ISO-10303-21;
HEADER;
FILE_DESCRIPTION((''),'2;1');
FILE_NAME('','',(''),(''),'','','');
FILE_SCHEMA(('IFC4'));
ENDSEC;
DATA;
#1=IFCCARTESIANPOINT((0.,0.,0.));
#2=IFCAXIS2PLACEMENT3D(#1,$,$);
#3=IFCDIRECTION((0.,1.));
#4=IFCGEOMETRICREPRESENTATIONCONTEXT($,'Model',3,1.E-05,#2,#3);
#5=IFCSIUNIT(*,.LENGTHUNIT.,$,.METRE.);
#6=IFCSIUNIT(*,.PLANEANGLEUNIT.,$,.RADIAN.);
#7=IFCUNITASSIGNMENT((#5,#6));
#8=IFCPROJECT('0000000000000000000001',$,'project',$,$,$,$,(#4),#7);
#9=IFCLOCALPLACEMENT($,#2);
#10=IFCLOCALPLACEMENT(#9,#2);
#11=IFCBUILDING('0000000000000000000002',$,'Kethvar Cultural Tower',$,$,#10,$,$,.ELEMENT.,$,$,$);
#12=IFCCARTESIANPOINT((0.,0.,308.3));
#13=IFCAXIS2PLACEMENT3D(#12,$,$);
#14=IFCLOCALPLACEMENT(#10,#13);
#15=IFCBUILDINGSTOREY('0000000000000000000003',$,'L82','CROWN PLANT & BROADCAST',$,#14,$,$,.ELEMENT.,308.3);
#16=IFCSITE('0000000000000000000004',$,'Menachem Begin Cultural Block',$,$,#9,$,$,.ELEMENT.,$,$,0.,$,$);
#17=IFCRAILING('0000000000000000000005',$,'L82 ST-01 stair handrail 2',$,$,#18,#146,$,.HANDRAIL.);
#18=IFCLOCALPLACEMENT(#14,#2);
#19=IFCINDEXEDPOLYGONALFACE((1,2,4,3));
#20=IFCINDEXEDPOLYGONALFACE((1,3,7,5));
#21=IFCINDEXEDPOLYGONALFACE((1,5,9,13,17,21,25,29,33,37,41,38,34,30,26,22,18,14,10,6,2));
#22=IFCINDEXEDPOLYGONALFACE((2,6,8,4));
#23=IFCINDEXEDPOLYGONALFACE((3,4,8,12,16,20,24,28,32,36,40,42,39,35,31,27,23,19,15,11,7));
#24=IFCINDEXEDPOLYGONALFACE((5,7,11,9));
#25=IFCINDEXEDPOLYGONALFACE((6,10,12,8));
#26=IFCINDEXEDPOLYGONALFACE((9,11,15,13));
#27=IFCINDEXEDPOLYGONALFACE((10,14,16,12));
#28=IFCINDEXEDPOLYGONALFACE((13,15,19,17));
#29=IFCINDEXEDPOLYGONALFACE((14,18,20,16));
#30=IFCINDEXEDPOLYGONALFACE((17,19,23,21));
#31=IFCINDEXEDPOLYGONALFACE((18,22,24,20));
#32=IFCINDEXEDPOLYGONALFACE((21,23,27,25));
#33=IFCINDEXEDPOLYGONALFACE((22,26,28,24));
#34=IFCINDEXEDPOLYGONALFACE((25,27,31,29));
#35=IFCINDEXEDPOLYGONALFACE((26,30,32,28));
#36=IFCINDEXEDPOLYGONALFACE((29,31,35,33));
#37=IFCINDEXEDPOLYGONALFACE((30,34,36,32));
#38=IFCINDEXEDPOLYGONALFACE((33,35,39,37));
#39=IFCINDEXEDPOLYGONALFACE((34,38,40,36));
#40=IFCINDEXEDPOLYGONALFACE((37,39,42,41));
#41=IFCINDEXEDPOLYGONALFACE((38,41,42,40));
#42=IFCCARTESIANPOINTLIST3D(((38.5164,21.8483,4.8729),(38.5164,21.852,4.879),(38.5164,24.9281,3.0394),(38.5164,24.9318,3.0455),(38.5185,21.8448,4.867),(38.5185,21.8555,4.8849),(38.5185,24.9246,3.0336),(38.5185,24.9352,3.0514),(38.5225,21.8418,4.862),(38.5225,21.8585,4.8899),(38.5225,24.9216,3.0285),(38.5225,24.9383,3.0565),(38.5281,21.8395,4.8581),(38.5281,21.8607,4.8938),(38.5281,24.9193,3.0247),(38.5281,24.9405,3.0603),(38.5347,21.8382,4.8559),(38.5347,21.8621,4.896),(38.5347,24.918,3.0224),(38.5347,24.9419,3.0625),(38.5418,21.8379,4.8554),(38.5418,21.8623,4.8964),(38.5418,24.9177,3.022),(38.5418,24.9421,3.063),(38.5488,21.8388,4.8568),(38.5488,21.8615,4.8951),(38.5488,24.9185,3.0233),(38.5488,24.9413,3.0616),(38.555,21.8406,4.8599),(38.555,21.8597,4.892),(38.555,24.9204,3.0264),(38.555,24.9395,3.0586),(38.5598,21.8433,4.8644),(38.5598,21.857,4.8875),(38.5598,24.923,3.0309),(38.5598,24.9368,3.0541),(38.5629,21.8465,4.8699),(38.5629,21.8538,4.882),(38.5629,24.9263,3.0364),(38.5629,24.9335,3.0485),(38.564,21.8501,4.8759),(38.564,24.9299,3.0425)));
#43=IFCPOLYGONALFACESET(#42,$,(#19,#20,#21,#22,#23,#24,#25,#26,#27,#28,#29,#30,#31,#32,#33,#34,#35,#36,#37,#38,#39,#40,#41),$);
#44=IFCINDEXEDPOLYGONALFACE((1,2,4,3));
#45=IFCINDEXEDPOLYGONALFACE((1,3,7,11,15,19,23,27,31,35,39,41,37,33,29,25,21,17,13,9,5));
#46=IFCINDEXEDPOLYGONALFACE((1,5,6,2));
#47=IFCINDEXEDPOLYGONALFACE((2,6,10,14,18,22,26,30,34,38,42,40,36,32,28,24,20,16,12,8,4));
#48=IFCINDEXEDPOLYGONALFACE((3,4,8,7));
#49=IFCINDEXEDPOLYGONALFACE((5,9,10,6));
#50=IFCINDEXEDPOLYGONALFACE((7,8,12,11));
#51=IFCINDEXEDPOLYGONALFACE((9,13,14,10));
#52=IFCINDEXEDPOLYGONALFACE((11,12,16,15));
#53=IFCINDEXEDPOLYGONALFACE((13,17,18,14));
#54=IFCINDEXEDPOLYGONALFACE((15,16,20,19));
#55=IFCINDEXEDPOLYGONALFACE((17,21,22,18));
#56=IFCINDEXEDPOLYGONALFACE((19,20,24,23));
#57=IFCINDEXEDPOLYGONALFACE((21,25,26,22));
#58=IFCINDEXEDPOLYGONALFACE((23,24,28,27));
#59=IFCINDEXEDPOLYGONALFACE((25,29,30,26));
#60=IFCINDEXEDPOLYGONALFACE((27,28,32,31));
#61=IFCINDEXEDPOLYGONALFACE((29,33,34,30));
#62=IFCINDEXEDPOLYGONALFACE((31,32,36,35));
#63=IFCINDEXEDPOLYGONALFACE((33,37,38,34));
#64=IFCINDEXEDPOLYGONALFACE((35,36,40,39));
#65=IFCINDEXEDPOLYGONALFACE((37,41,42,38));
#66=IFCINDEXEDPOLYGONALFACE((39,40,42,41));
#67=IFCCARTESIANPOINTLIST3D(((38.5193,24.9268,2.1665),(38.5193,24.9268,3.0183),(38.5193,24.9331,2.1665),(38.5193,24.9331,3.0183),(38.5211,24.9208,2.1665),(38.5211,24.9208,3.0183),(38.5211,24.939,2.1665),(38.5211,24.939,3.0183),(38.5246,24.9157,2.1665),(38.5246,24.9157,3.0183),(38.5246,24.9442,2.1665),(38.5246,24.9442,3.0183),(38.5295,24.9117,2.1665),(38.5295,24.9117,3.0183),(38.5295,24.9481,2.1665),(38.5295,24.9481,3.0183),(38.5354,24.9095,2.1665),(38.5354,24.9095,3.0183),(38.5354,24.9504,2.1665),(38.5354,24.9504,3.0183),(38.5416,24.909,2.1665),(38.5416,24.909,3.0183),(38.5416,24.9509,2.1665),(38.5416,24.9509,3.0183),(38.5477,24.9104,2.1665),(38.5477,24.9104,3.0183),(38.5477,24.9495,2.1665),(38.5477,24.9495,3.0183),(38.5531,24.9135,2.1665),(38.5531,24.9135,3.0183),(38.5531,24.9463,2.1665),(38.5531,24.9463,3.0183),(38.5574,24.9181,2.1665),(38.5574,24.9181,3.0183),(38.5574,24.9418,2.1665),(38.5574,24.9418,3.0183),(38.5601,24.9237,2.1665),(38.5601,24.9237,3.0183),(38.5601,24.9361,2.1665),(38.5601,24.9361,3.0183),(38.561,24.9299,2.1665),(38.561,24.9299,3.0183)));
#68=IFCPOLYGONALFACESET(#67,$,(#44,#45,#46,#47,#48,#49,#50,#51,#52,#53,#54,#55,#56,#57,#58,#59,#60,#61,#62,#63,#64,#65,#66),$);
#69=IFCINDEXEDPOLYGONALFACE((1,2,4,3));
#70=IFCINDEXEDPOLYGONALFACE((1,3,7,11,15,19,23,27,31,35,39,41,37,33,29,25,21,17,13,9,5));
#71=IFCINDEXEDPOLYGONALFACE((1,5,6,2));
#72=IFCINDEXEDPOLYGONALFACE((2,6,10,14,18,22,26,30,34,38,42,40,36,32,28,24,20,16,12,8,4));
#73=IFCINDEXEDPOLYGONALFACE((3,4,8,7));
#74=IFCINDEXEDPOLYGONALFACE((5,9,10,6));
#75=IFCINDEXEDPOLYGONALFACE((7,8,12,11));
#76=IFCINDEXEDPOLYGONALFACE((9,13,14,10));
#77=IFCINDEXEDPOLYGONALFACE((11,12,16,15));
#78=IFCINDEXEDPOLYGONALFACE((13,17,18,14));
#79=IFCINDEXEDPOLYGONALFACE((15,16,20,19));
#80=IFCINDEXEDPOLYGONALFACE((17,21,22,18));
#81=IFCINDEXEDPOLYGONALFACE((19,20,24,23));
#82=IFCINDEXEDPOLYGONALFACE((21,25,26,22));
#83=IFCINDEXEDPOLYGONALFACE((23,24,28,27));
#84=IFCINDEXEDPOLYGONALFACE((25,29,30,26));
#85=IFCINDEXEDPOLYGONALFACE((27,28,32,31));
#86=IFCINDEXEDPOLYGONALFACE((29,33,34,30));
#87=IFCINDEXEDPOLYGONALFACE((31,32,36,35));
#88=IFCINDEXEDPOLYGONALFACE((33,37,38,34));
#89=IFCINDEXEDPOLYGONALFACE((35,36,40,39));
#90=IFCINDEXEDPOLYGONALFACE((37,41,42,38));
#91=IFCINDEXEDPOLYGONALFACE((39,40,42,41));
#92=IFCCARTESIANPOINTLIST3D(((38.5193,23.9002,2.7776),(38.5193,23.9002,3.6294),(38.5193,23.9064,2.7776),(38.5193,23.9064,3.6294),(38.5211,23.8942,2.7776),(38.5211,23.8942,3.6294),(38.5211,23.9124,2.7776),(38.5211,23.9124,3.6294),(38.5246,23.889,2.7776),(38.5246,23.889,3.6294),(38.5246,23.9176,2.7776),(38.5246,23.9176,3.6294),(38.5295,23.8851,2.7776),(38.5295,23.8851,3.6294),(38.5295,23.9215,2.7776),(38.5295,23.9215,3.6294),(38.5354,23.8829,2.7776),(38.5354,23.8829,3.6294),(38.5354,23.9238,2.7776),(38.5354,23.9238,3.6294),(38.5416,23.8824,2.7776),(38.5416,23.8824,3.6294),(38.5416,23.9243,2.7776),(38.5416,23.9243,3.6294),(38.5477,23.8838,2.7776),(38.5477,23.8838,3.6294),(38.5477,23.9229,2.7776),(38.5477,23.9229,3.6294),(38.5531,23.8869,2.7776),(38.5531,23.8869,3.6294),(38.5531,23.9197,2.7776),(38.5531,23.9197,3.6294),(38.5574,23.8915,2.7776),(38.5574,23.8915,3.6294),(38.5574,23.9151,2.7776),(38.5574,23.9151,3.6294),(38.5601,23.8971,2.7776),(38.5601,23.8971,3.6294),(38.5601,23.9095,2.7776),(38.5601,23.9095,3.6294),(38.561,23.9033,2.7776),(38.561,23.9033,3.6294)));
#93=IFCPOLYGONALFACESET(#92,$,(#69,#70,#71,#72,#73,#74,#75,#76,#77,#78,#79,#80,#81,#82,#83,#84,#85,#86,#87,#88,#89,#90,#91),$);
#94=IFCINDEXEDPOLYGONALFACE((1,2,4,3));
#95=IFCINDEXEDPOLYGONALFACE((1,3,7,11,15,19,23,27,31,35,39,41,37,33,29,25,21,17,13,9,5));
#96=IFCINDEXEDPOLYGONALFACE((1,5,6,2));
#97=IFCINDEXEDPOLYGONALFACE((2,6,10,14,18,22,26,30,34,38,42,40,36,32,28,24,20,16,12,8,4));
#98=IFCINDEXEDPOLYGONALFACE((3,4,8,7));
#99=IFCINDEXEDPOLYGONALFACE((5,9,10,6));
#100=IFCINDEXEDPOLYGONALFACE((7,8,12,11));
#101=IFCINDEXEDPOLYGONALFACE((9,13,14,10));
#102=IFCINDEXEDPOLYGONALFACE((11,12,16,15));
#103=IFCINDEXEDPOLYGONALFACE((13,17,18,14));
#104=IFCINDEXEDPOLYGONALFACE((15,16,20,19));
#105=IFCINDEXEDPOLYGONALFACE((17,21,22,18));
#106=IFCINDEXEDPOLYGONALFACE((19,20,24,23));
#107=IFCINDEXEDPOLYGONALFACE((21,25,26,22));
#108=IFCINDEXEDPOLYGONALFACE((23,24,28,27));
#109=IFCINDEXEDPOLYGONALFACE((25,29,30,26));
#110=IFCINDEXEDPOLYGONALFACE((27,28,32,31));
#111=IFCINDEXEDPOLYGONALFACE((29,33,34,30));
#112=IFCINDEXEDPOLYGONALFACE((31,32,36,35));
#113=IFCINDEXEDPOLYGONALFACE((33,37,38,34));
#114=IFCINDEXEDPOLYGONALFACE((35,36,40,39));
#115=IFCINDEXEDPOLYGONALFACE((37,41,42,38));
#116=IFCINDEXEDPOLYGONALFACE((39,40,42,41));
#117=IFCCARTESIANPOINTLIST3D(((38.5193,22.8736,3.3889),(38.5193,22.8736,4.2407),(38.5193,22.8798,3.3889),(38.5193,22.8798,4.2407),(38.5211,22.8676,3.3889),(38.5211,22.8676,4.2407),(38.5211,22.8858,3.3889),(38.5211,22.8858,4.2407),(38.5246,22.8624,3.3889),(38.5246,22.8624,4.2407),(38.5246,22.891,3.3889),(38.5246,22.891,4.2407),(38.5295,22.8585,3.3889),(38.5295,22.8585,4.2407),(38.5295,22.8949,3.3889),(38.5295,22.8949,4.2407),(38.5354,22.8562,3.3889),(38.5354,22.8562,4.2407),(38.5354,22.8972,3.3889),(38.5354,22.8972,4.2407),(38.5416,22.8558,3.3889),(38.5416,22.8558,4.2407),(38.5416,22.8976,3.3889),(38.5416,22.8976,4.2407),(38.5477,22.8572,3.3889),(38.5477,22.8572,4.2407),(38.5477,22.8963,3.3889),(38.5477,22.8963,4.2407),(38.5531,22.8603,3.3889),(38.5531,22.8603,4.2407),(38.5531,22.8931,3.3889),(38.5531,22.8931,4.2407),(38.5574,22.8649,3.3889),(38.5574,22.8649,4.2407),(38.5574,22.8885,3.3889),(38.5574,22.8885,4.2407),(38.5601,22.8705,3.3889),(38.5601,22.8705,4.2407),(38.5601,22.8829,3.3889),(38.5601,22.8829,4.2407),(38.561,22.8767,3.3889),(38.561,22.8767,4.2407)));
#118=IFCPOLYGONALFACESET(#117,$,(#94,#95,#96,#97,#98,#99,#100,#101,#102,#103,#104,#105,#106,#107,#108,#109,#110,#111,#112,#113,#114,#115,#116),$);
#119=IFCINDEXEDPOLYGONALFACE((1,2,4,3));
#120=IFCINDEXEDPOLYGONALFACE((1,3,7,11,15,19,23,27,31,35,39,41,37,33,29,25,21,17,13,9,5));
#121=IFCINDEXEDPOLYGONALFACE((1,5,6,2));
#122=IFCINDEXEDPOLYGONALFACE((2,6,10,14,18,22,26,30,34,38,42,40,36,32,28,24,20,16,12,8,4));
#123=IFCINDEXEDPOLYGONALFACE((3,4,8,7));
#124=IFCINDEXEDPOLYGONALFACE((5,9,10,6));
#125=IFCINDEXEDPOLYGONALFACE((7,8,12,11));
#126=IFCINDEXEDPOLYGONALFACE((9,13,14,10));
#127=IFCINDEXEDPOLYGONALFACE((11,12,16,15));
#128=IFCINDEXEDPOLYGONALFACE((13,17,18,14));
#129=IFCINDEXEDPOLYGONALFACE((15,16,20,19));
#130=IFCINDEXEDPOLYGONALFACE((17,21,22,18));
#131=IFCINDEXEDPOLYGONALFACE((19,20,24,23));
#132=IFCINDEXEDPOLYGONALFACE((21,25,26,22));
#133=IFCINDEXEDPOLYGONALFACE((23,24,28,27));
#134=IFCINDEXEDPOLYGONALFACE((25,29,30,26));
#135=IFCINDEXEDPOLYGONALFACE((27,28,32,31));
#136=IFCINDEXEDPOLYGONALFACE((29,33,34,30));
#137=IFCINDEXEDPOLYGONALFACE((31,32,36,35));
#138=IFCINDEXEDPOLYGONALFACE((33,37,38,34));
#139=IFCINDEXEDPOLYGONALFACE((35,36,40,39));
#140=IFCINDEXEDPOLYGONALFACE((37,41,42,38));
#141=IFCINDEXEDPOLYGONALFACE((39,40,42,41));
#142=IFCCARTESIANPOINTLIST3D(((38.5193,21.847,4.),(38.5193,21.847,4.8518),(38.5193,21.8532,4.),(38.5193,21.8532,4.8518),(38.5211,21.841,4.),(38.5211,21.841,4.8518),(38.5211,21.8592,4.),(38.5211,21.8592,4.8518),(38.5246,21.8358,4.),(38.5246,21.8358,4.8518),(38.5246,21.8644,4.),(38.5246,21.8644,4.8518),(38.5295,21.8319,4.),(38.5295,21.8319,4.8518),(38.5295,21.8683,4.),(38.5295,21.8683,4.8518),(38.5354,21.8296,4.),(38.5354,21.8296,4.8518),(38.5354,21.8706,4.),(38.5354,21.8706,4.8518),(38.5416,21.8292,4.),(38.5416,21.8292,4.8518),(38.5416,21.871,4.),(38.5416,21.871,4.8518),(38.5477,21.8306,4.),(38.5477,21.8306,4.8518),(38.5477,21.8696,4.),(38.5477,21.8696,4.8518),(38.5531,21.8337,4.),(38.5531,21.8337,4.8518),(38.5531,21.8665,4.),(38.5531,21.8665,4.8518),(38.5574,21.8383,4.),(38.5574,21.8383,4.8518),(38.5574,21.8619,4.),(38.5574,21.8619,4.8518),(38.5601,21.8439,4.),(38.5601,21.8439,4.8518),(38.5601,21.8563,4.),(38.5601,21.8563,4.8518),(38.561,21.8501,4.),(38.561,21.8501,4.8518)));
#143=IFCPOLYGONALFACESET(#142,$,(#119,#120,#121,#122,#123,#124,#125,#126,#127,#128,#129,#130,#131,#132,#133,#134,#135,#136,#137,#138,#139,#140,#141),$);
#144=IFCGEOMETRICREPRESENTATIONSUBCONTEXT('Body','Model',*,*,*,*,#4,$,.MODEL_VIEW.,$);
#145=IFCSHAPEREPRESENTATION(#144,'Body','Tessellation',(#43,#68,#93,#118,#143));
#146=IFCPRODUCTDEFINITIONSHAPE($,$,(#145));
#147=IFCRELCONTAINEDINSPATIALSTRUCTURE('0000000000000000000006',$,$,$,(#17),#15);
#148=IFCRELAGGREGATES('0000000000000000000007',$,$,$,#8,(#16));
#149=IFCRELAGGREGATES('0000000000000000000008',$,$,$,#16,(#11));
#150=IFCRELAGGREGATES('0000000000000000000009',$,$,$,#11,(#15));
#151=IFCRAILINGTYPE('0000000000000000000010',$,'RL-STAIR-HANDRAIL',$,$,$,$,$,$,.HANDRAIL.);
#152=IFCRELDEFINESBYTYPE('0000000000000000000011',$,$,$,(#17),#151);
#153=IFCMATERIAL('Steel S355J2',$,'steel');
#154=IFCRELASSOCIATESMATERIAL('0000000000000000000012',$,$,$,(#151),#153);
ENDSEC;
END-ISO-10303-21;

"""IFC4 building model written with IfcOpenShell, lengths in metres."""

from ifc_helpers import new_model, si_unit, direction, frame, origin, origin_2d, place, context, subcontext, project, spatial, circle, extrude, material, type_object, element, save


model = new_model("IFC4")

# Units and contexts
model_context = context("Model", 3, precision=1e-05, world=origin(), true_north=direction((0.0, 1.0)))
body_context = subcontext(model_context, "Body", "Model", "MODEL_VIEW")
ifc_project = project(units=[si_unit("LENGTHUNIT", "METRE"), si_unit("PLANEANGLEUNIT", "RADIAN")], contexts=[model_context])

# Site, building, storey
site_placement = place(None, origin())
site = spatial("IfcSite", under=ifc_project, at=site_placement, Name="Menachem Begin Cultural Block", CompositionType="ELEMENT", RefElevation=0.0)
building_placement = place(site_placement, origin())
building = spatial("IfcBuilding", under=site, at=building_placement, Name="Kethvar Cultural Tower", CompositionType="ELEMENT")
storey_placement = place(building_placement, frame((0.0, 0.0, 308.3)))
storey = spatial("IfcBuildingStorey", under=building, at=storey_placement, Name="L82", Description="CROWN PLANT & BROADCAST", CompositionType="ELEMENT", Elevation=308.3)

# Shared definitions
ifc_material_1 = material(Name="Steel S355J2", Category="steel")

# Railing
railing_type_1 = type_object("IfcRailingType", Name="RL-STAIR-HANDRAIL", PredefinedType="HANDRAIL", material=ifc_material_1)
railing_1_placement = place(storey_placement, frame((38.54, 24.9299, 2.1665)))
element("IfcRailing", 1, at=railing_1_placement, inside=storey, type_object=railing_type_1, Name="L82 ST-01 stair handrail 2", PredefinedType="HANDRAIL", context=body_context, shape_type="SweptSolid", body=[
    extrude(circle(Radius=0.0239, at=origin_2d()), frame((0.0, 0.0, 0.876), z_axis=(0.0, -0.859261, 0.511538), x_axis=(1.0, 0.0, 0.0)), (0.0, 0.0, 1.0), 3.5842),
    extrude(circle(Radius=0.021, at=origin_2d()), origin(), (0.0, 0.0, 1.0), 0.8518),
    extrude(circle(Radius=0.021, at=origin_2d()), frame((0.0, -1.0266, 0.6111)), (0.0, 0.0, 1.0), 0.8518),
    extrude(circle(Radius=0.021, at=origin_2d()), frame((0.0, -2.0532, 1.2224)), (0.0, 0.0, 1.0), 0.8518),
    extrude(circle(Radius=0.021, at=origin_2d()), frame((0.0, -3.0798, 1.8335)), (0.0, 0.0, 1.0), 0.8518),
])

save(model, "model.ifc")
